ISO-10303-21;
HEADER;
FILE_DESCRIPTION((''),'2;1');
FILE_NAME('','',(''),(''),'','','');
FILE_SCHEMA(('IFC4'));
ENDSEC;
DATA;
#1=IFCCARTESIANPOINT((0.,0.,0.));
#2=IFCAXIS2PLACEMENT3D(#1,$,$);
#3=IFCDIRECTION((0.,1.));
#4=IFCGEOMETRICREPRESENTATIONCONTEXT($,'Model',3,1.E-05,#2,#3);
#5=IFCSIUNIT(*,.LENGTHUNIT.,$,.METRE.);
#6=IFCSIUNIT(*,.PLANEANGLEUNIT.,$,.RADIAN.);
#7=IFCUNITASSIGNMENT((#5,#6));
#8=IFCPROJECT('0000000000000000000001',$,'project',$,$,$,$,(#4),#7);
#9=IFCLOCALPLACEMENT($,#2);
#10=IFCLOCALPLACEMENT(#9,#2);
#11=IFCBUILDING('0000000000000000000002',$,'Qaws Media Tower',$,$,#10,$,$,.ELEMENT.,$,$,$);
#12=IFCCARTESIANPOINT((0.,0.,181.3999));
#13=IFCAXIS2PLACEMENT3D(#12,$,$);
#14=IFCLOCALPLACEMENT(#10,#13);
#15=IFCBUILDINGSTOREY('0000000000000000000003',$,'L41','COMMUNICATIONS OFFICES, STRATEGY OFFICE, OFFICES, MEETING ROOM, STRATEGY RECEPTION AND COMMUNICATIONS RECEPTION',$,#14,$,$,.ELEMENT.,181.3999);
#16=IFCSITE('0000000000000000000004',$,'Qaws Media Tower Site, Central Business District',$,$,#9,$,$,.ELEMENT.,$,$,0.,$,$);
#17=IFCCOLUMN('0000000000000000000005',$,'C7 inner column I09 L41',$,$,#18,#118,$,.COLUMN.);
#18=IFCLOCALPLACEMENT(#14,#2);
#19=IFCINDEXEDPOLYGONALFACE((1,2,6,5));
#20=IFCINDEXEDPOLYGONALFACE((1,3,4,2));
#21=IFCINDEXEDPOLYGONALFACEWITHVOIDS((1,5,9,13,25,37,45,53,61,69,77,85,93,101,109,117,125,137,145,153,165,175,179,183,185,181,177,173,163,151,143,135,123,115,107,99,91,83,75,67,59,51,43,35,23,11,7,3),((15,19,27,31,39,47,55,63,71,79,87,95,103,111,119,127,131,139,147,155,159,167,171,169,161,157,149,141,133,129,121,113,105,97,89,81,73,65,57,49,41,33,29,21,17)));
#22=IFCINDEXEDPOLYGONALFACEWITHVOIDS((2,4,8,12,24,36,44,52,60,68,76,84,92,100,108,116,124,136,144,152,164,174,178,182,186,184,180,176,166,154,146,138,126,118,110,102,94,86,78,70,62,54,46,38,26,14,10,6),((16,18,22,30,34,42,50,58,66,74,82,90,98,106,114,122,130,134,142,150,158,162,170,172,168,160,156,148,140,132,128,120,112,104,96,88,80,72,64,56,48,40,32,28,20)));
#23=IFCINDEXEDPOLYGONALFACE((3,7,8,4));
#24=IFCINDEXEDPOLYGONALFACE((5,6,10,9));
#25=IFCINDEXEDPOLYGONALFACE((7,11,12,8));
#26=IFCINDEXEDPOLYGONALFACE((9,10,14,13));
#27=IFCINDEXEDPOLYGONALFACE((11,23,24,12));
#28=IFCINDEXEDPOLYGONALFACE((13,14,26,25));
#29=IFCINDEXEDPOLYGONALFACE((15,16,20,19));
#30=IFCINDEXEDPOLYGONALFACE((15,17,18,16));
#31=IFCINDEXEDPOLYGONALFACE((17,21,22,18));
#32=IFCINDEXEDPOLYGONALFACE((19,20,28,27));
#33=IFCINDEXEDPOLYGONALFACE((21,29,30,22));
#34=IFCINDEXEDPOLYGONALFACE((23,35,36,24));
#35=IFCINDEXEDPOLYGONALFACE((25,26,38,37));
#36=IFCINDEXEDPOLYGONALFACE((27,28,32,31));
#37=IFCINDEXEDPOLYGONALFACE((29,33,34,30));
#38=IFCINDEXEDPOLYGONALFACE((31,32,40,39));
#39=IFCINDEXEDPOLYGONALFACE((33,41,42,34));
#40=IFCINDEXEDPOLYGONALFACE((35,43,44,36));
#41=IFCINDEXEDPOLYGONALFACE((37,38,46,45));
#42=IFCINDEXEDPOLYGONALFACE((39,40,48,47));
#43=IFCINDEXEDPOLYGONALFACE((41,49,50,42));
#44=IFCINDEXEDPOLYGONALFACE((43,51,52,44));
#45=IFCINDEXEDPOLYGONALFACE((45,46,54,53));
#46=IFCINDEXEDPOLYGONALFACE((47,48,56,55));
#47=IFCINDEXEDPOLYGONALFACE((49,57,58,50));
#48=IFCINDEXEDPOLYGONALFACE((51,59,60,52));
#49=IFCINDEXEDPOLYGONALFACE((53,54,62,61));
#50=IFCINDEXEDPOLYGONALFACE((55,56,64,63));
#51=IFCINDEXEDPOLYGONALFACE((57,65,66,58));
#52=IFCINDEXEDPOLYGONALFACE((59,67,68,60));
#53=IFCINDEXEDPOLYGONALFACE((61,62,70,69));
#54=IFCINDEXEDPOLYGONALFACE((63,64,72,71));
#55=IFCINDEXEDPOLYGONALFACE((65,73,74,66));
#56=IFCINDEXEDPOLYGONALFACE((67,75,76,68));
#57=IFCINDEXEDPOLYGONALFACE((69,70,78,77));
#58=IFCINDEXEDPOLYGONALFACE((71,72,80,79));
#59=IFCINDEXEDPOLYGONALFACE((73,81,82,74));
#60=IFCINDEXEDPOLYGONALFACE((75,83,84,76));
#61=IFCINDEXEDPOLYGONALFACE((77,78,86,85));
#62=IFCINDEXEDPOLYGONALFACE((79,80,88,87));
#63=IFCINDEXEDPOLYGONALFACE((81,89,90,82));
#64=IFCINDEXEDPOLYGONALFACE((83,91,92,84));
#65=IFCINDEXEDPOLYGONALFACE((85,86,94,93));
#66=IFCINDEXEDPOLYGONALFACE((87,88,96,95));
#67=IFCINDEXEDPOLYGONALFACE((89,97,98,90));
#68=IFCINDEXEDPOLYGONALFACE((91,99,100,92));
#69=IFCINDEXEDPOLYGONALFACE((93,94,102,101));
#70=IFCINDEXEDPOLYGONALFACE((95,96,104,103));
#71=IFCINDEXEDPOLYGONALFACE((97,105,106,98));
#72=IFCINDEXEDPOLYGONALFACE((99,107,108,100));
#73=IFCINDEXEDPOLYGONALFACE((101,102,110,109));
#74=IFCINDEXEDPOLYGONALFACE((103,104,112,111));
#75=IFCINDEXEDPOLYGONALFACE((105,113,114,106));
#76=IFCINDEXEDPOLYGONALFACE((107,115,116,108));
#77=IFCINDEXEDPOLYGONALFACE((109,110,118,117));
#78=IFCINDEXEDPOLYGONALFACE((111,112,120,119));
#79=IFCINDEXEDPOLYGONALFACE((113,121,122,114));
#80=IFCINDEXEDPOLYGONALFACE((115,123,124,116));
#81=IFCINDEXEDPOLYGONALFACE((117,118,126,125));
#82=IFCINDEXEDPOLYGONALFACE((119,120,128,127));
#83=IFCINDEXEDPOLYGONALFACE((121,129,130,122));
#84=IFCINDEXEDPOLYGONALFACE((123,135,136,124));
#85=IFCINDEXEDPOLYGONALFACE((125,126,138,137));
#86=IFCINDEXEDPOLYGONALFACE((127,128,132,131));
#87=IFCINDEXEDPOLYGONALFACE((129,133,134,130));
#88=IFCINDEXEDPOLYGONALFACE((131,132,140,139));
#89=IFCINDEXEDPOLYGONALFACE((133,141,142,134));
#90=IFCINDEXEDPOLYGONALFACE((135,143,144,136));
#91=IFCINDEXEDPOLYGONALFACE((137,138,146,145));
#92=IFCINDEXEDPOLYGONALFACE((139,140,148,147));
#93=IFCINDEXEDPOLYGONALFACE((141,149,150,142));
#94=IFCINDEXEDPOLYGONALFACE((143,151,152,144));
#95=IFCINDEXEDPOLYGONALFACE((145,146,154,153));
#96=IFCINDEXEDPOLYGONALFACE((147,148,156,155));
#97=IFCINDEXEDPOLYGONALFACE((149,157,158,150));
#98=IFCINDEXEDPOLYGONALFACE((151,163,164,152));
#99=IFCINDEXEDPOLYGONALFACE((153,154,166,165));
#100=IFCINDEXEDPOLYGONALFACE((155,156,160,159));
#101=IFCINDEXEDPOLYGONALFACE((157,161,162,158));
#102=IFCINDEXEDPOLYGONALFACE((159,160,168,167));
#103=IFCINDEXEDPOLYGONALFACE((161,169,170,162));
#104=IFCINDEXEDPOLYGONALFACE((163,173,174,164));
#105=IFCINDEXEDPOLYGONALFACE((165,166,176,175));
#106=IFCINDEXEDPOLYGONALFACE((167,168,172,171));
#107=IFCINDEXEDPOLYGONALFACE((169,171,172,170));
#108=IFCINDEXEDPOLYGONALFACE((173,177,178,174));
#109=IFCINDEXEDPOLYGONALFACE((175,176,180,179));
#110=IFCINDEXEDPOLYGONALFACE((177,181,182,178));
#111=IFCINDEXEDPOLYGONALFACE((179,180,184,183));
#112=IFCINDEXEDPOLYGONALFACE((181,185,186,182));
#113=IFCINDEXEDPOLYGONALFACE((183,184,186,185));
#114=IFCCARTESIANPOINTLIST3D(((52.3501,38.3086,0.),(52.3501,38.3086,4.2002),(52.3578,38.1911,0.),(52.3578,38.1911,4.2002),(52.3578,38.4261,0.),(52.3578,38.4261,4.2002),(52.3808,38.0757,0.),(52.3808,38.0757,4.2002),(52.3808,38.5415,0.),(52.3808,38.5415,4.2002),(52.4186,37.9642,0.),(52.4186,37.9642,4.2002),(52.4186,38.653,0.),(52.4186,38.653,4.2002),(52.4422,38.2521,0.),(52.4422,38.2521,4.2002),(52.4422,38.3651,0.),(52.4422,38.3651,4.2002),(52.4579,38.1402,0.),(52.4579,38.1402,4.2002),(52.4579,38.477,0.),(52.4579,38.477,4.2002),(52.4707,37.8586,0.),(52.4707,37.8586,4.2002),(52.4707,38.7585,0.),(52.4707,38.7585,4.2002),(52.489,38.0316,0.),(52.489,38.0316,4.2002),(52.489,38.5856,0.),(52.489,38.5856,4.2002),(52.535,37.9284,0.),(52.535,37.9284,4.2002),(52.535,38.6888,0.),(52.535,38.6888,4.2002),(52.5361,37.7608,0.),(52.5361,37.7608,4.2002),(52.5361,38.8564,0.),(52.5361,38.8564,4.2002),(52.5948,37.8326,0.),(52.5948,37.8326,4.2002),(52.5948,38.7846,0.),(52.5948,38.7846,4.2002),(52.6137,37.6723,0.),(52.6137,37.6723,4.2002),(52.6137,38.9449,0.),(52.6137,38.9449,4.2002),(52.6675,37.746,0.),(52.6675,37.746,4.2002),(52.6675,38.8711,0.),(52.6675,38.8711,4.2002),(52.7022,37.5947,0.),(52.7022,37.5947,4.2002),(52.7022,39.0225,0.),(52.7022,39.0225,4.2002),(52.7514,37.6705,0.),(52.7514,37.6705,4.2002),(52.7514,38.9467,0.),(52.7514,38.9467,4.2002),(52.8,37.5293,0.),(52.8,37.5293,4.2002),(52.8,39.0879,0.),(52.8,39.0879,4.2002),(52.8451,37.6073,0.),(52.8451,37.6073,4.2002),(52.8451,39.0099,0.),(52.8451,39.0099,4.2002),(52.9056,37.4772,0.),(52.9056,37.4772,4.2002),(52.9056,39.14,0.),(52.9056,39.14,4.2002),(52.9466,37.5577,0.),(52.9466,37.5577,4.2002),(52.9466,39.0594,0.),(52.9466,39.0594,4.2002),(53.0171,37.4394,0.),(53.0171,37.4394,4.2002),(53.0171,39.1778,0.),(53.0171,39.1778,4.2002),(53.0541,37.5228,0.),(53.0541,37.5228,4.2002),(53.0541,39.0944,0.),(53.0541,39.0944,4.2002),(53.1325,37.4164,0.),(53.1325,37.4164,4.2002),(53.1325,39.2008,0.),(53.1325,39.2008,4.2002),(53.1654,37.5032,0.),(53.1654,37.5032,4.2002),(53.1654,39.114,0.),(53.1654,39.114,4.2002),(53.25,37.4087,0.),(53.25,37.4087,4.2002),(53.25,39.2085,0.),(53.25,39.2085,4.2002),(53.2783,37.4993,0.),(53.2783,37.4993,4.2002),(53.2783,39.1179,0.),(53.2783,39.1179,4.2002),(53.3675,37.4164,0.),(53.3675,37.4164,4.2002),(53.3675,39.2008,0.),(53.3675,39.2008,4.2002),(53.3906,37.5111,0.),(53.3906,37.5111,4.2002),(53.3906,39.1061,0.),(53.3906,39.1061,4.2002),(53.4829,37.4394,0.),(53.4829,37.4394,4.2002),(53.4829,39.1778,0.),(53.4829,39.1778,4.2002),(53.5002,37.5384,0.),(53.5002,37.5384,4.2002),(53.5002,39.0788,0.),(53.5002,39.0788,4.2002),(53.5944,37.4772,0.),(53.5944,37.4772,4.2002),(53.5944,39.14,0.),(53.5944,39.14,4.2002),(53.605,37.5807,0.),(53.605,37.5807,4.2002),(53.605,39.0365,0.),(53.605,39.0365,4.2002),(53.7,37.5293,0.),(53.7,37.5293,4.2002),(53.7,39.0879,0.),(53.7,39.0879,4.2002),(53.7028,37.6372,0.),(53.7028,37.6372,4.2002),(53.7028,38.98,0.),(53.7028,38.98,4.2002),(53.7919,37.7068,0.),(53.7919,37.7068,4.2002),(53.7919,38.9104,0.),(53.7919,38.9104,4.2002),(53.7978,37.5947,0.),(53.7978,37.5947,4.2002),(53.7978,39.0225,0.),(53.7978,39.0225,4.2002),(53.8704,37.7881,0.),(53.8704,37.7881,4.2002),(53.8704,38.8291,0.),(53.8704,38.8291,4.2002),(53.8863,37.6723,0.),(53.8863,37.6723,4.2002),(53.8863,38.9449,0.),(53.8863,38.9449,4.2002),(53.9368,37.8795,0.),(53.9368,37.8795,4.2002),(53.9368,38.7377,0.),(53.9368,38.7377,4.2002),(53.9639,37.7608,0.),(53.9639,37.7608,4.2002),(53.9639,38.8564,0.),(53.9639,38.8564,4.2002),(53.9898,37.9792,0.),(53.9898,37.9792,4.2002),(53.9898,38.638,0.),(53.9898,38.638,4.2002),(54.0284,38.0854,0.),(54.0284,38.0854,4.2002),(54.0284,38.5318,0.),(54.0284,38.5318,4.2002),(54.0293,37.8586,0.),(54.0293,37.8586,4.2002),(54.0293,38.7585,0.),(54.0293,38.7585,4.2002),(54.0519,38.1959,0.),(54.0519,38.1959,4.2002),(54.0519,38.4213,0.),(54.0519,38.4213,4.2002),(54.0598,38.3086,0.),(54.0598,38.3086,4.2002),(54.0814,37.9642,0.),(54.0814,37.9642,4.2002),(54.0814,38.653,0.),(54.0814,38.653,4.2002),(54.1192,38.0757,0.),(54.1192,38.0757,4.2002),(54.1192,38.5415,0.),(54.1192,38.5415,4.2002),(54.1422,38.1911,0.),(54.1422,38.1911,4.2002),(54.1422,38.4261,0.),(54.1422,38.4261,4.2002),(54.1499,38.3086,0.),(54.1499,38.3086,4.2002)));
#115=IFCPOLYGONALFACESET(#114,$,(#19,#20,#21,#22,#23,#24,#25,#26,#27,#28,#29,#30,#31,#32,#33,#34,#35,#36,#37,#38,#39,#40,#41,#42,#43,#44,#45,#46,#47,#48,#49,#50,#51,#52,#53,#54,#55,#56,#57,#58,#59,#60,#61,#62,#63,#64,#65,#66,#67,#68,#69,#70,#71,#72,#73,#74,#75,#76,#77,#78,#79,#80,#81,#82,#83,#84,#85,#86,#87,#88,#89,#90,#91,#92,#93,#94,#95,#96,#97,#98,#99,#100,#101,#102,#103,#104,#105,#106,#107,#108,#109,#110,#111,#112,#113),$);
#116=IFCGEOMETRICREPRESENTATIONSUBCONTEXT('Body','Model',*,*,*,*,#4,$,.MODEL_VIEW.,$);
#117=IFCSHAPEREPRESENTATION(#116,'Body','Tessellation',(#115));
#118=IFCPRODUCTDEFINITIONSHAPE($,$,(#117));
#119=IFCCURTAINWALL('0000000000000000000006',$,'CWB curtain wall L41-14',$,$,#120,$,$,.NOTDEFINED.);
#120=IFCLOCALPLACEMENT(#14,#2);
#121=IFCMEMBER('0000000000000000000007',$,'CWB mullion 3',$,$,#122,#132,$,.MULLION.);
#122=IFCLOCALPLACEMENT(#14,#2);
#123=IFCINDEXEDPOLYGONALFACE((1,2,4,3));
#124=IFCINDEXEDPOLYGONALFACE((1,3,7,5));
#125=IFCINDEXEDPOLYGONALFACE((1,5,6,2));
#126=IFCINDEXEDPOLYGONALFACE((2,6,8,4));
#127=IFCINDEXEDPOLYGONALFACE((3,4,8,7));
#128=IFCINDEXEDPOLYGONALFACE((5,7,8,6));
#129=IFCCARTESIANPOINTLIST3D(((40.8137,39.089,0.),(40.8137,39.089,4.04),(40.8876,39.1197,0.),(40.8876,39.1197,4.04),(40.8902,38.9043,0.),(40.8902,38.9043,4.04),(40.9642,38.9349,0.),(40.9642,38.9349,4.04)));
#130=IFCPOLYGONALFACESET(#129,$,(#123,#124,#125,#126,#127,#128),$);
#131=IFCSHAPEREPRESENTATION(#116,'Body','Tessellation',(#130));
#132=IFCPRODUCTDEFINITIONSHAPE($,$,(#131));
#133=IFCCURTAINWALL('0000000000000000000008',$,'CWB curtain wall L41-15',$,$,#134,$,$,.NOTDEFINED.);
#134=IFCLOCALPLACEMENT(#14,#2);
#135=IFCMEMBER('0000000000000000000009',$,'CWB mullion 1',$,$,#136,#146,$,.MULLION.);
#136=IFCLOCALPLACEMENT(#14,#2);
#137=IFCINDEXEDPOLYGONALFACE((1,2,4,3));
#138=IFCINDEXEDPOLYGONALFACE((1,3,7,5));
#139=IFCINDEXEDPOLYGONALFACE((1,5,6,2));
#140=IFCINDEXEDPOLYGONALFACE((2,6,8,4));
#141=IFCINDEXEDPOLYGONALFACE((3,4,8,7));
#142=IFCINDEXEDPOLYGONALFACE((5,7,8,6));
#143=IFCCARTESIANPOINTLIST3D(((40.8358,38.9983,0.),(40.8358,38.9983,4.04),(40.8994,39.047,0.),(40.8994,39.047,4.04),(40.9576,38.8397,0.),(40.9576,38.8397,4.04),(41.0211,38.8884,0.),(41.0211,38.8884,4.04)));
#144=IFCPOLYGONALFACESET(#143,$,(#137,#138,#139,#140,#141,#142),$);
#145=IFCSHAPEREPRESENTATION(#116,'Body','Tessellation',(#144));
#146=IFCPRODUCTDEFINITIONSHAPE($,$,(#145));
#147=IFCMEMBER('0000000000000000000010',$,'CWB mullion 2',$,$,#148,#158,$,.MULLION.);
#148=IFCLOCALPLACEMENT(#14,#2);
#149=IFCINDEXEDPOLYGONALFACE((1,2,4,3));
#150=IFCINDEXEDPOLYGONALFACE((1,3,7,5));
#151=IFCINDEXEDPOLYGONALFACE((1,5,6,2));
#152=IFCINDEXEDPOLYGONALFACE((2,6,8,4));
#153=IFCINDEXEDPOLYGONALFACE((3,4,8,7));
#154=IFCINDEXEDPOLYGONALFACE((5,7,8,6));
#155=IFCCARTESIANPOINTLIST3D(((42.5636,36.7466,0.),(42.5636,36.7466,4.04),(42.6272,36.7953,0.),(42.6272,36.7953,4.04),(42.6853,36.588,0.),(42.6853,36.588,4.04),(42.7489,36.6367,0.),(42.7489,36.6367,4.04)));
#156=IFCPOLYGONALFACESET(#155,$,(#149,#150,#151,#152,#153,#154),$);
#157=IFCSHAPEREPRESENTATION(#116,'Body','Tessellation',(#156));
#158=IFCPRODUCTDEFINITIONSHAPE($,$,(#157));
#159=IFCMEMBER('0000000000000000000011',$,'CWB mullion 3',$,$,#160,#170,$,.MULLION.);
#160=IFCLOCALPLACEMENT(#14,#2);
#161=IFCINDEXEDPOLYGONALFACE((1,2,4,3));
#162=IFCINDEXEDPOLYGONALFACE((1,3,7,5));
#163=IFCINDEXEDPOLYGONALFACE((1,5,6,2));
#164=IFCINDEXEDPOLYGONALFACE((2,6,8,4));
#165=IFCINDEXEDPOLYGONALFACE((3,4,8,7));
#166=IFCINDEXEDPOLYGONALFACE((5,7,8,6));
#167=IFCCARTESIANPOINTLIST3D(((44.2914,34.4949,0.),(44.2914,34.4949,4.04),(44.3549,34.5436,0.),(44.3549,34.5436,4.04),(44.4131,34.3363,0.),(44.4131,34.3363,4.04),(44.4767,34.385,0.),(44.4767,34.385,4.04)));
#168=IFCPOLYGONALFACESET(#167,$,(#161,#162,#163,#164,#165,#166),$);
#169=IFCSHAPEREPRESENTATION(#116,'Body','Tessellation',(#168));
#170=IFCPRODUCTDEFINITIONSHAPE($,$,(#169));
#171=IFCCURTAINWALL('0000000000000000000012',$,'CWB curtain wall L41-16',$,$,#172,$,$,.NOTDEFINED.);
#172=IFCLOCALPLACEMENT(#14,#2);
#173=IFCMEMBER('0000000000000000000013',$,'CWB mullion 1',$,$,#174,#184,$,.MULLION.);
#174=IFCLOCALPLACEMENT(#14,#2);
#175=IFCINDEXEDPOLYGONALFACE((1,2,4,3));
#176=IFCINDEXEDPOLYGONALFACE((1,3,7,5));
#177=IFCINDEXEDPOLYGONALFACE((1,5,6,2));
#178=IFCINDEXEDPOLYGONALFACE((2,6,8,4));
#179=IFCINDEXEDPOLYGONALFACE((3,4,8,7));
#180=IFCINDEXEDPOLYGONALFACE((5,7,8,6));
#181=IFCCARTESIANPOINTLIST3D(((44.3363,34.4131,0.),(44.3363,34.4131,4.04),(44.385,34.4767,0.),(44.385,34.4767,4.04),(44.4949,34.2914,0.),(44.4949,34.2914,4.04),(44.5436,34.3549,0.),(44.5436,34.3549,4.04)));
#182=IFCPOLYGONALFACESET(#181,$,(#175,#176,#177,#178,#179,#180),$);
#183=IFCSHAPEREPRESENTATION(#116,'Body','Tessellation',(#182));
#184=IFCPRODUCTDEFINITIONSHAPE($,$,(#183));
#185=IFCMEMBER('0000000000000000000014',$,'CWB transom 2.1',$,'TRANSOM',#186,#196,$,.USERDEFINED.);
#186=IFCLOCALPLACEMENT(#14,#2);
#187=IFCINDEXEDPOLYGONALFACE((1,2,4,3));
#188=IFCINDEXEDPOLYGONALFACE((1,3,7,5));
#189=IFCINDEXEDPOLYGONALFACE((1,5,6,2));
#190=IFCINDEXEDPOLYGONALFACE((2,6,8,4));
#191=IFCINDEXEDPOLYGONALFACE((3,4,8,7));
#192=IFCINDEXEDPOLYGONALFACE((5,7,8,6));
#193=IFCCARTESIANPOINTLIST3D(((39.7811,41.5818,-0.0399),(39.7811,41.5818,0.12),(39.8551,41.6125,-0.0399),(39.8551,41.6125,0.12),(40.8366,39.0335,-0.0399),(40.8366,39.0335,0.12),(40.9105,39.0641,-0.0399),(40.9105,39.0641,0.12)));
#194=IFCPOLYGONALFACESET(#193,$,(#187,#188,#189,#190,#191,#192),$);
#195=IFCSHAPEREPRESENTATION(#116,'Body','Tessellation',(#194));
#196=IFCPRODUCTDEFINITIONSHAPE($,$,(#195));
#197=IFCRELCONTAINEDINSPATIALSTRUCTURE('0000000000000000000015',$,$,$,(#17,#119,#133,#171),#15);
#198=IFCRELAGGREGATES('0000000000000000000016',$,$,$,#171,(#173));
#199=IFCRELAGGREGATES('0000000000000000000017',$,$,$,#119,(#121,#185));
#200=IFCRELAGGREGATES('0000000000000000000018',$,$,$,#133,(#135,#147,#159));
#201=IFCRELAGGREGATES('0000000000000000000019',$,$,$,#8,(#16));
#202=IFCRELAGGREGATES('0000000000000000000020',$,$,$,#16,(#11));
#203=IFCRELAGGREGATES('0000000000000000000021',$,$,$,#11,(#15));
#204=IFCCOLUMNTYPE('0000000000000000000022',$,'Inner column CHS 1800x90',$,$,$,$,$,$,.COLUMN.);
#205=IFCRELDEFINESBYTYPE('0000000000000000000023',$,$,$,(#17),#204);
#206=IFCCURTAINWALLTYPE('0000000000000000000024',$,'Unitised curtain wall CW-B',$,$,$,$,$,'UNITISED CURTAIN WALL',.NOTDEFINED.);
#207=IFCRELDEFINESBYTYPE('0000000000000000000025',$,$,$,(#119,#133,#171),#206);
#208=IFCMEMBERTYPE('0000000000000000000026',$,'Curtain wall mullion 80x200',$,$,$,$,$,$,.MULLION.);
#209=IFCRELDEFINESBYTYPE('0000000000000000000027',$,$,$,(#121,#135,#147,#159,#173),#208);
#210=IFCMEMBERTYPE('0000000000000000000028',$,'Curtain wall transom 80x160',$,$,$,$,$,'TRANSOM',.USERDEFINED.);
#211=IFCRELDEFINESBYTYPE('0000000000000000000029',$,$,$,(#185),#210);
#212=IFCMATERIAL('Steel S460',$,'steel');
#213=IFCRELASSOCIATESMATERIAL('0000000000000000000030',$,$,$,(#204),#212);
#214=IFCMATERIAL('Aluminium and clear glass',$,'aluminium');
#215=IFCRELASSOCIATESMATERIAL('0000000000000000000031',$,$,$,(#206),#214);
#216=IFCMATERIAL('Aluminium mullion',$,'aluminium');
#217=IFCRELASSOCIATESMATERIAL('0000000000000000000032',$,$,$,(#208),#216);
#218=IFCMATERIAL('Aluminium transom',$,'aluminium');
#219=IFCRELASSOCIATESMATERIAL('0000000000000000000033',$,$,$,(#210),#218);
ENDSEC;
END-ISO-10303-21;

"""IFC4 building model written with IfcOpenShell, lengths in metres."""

from ifc_helpers import new_model, si_unit, direction, frame, origin, origin_2d, place, context, subcontext, project, spatial, rectangle, hollow_circle, extrude, material, material_profile, profile_set, type_object, element, aggregate, save


model = new_model("IFC4")

# Units and contexts
model_context = context("Model", 3, precision=1e-05, world=origin(), true_north=direction((0.0, 1.0)))
body_context = subcontext(model_context, "Body", "Model", "MODEL_VIEW")
ifc_project = project(units=[si_unit("LENGTHUNIT", "METRE"), si_unit("PLANEANGLEUNIT", "RADIAN")], contexts=[model_context])

# Site, building, storey
site_placement = place(None, origin())
site = spatial("IfcSite", under=ifc_project, at=site_placement, Name="Qaws Media Tower Site, Central Business District", CompositionType="ELEMENT", RefElevation=0.0)
building_placement = place(site_placement, origin())
building = spatial("IfcBuilding", under=site, at=building_placement, Name="Qaws Media Tower", CompositionType="ELEMENT")
storey_placement = place(building_placement, frame((0.0, 0.0, 181.3999)))
storey = spatial("IfcBuildingStorey", under=building, at=storey_placement, Name="L41", Description="COMMUNICATIONS OFFICES, STRATEGY OFFICE, OFFICES, MEETING ROOM, STRATEGY RECEPTION AND COMMUNICATIONS RECEPTION", CompositionType="ELEMENT", Elevation=181.3999)

# Column
ifc_material_1 = material(Name="Steel S460", Category="steel")
ifc_material_profile_1 = material_profile(ifc_material_1, hollow_circle(Radius=0.8999, WallThickness=0.0901, at=origin_2d()), Name="CHS 1800x90")
ifc_profile_set_1 = profile_set([ifc_material_profile_1], Name="Steel S460")
column_type = type_object("IfcColumnType", Name="Inner column CHS 1800x90", PredefinedType="COLUMN", material=ifc_profile_set_1)
for number, where, z_axis, x_axis, name in (
    (1, (53.25, 38.3086, 0.0), (0.0, 0.0, 1.0), (1.0, 0.0, 0.0), "C7 inner column I09 L41"),
):
    element("IfcColumn", number, at=place(storey_placement, frame(where, z_axis=z_axis, x_axis=x_axis)), inside=storey, type_object=column_type, Name=name, PredefinedType="COLUMN", context=body_context, shape_type="SweptSolid", body=[
        extrude(hollow_circle(Radius=0.8999, WallThickness=0.0901, at=origin_2d()), origin(), (0.0, 0.0, 1.0), 4.2002),
    ])

# Curtain wall, member
ifc_material_2 = material(Name="Aluminium and clear glass", Category="aluminium")
curtain_wall_type = type_object("IfcCurtainWallType", Name="Unitised curtain wall CW-B", ElementType="UNITISED CURTAIN WALL", PredefinedType="NOTDEFINED", material=ifc_material_2)
curtain_wall_1_placement = place(storey_placement, origin())
curtain_wall_1 = element("IfcCurtainWall", 2, at=curtain_wall_1_placement, inside=storey, type_object=curtain_wall_type, Name="CWB curtain wall L41-14", PredefinedType="NOTDEFINED")
ifc_material_3 = material(Name="Aluminium mullion", Category="aluminium")
ifc_material_profile_2 = material_profile(ifc_material_3, rectangle(XDim=0.0801, YDim=0.2, at=origin_2d()), Name="80x200")
ifc_profile_set_2 = profile_set([ifc_material_profile_2], Name="Aluminium mullion")
member_type_1 = type_object("IfcMemberType", Name="Curtain wall mullion 80x200", PredefinedType="MULLION", material=ifc_profile_set_2)
member_1_placement = place(storey_placement, frame((40.8889, 39.012, 0.0), z_axis=(0.0, 0.0, 1.0), x_axis=(0.92388, 0.382683, 0.0)))
member_1 = element("IfcMember", 3, at=member_1_placement, type_object=member_type_1, Name="CWB mullion 3", PredefinedType="MULLION", context=body_context, shape_type="SweptSolid", body=[
    extrude(rectangle(XDim=0.0801, YDim=0.2, at=origin_2d()), origin(), (0.0, 0.0, 1.0), 4.04),
])

# Curtain wall, members
curtain_wall_2_placement = place(storey_placement, origin())
curtain_wall_2 = element("IfcCurtainWall", 4, at=curtain_wall_2_placement, inside=storey, type_object=curtain_wall_type, Name="CWB curtain wall L41-15", PredefinedType="NOTDEFINED")
member_2_placement = place(storey_placement, frame((40.9285, 38.9434, 0.0), z_axis=(0.0, 0.0, 1.0), x_axis=(0.793353, 0.608761, 0.0)))
member_2 = element("IfcMember", 5, at=member_2_placement, type_object=member_type_1, Name="CWB mullion 1", PredefinedType="MULLION", context=body_context, shape_type="SweptSolid", body=[
    extrude(rectangle(XDim=0.0801, YDim=0.2, at=origin_2d()), origin(), (0.0, 0.0, 1.0), 4.04),
])
member_3_placement = place(storey_placement, frame((42.6562, 36.6917, 0.0), z_axis=(0.0, 0.0, 1.0), x_axis=(0.793353, 0.608761, 0.0)))
member_3 = element("IfcMember", 6, at=member_3_placement, type_object=member_type_1, Name="CWB mullion 2", PredefinedType="MULLION", context=body_context, shape_type="SweptSolid", body=[
    extrude(rectangle(XDim=0.0801, YDim=0.2, at=origin_2d()), origin(), (0.0, 0.0, 1.0), 4.04),
])
member_4_placement = place(storey_placement, frame((44.384, 34.4399, 0.0), z_axis=(0.0, 0.0, 1.0), x_axis=(0.793353, 0.608761, 0.0)))
member_4 = element("IfcMember", 7, at=member_4_placement, type_object=member_type_1, Name="CWB mullion 3", PredefinedType="MULLION", context=body_context, shape_type="SweptSolid", body=[
    extrude(rectangle(XDim=0.0801, YDim=0.2, at=origin_2d()), origin(), (0.0, 0.0, 1.0), 4.04),
])

# Curtain wall, member
curtain_wall_3_placement = place(storey_placement, origin())
curtain_wall_3 = element("IfcCurtainWall", 8, at=curtain_wall_3_placement, inside=storey, type_object=curtain_wall_type, Name="CWB curtain wall L41-16", PredefinedType="NOTDEFINED")
member_5_placement = place(storey_placement, frame((44.4399, 34.384, 0.0), z_axis=(0.0, 0.0, 1.0), x_axis=(0.608761, 0.793353, 0.0)))
member_5 = element("IfcMember", 9, at=member_5_placement, type_object=member_type_1, Name="CWB mullion 1", PredefinedType="MULLION", context=body_context, shape_type="SweptSolid", body=[
    extrude(rectangle(XDim=0.0801, YDim=0.2, at=origin_2d()), origin(), (0.0, 0.0, 1.0), 4.04),
])

# Member
ifc_material_4 = material(Name="Aluminium transom", Category="aluminium")
ifc_material_profile_3 = material_profile(ifc_material_4, rectangle(XDim=0.0801, YDim=0.1599, at=origin_2d()), Name="80x160")
ifc_profile_set_3 = profile_set([ifc_material_profile_3], Name="Aluminium transom")
member_type_2 = type_object("IfcMemberType", Name="Curtain wall transom 80x160", ElementType="TRANSOM", PredefinedType="USERDEFINED", material=ifc_profile_set_3)
member_6_placement = place(storey_placement, frame((39.8181, 41.5972, 0.04), z_axis=(0.382641, -0.923897, 0.0), x_axis=(0.923897, 0.382641, 0.0)))
member_6 = element("IfcMember", 10, at=member_6_placement, type_object=member_type_2, Name="CWB transom 2.1", ObjectType="TRANSOM", PredefinedType="USERDEFINED", context=body_context, shape_type="SweptSolid", body=[
    extrude(rectangle(XDim=0.0801, YDim=0.1599, at=origin_2d()), origin(), (0.0, 0.0, 1.0), 2.7583),
])
aggregate(curtain_wall_3, [member_5])

aggregate(curtain_wall_1, [member_1, member_6])
aggregate(curtain_wall_2, [member_2, member_3, member_4])

save(model, "model.ifc")
